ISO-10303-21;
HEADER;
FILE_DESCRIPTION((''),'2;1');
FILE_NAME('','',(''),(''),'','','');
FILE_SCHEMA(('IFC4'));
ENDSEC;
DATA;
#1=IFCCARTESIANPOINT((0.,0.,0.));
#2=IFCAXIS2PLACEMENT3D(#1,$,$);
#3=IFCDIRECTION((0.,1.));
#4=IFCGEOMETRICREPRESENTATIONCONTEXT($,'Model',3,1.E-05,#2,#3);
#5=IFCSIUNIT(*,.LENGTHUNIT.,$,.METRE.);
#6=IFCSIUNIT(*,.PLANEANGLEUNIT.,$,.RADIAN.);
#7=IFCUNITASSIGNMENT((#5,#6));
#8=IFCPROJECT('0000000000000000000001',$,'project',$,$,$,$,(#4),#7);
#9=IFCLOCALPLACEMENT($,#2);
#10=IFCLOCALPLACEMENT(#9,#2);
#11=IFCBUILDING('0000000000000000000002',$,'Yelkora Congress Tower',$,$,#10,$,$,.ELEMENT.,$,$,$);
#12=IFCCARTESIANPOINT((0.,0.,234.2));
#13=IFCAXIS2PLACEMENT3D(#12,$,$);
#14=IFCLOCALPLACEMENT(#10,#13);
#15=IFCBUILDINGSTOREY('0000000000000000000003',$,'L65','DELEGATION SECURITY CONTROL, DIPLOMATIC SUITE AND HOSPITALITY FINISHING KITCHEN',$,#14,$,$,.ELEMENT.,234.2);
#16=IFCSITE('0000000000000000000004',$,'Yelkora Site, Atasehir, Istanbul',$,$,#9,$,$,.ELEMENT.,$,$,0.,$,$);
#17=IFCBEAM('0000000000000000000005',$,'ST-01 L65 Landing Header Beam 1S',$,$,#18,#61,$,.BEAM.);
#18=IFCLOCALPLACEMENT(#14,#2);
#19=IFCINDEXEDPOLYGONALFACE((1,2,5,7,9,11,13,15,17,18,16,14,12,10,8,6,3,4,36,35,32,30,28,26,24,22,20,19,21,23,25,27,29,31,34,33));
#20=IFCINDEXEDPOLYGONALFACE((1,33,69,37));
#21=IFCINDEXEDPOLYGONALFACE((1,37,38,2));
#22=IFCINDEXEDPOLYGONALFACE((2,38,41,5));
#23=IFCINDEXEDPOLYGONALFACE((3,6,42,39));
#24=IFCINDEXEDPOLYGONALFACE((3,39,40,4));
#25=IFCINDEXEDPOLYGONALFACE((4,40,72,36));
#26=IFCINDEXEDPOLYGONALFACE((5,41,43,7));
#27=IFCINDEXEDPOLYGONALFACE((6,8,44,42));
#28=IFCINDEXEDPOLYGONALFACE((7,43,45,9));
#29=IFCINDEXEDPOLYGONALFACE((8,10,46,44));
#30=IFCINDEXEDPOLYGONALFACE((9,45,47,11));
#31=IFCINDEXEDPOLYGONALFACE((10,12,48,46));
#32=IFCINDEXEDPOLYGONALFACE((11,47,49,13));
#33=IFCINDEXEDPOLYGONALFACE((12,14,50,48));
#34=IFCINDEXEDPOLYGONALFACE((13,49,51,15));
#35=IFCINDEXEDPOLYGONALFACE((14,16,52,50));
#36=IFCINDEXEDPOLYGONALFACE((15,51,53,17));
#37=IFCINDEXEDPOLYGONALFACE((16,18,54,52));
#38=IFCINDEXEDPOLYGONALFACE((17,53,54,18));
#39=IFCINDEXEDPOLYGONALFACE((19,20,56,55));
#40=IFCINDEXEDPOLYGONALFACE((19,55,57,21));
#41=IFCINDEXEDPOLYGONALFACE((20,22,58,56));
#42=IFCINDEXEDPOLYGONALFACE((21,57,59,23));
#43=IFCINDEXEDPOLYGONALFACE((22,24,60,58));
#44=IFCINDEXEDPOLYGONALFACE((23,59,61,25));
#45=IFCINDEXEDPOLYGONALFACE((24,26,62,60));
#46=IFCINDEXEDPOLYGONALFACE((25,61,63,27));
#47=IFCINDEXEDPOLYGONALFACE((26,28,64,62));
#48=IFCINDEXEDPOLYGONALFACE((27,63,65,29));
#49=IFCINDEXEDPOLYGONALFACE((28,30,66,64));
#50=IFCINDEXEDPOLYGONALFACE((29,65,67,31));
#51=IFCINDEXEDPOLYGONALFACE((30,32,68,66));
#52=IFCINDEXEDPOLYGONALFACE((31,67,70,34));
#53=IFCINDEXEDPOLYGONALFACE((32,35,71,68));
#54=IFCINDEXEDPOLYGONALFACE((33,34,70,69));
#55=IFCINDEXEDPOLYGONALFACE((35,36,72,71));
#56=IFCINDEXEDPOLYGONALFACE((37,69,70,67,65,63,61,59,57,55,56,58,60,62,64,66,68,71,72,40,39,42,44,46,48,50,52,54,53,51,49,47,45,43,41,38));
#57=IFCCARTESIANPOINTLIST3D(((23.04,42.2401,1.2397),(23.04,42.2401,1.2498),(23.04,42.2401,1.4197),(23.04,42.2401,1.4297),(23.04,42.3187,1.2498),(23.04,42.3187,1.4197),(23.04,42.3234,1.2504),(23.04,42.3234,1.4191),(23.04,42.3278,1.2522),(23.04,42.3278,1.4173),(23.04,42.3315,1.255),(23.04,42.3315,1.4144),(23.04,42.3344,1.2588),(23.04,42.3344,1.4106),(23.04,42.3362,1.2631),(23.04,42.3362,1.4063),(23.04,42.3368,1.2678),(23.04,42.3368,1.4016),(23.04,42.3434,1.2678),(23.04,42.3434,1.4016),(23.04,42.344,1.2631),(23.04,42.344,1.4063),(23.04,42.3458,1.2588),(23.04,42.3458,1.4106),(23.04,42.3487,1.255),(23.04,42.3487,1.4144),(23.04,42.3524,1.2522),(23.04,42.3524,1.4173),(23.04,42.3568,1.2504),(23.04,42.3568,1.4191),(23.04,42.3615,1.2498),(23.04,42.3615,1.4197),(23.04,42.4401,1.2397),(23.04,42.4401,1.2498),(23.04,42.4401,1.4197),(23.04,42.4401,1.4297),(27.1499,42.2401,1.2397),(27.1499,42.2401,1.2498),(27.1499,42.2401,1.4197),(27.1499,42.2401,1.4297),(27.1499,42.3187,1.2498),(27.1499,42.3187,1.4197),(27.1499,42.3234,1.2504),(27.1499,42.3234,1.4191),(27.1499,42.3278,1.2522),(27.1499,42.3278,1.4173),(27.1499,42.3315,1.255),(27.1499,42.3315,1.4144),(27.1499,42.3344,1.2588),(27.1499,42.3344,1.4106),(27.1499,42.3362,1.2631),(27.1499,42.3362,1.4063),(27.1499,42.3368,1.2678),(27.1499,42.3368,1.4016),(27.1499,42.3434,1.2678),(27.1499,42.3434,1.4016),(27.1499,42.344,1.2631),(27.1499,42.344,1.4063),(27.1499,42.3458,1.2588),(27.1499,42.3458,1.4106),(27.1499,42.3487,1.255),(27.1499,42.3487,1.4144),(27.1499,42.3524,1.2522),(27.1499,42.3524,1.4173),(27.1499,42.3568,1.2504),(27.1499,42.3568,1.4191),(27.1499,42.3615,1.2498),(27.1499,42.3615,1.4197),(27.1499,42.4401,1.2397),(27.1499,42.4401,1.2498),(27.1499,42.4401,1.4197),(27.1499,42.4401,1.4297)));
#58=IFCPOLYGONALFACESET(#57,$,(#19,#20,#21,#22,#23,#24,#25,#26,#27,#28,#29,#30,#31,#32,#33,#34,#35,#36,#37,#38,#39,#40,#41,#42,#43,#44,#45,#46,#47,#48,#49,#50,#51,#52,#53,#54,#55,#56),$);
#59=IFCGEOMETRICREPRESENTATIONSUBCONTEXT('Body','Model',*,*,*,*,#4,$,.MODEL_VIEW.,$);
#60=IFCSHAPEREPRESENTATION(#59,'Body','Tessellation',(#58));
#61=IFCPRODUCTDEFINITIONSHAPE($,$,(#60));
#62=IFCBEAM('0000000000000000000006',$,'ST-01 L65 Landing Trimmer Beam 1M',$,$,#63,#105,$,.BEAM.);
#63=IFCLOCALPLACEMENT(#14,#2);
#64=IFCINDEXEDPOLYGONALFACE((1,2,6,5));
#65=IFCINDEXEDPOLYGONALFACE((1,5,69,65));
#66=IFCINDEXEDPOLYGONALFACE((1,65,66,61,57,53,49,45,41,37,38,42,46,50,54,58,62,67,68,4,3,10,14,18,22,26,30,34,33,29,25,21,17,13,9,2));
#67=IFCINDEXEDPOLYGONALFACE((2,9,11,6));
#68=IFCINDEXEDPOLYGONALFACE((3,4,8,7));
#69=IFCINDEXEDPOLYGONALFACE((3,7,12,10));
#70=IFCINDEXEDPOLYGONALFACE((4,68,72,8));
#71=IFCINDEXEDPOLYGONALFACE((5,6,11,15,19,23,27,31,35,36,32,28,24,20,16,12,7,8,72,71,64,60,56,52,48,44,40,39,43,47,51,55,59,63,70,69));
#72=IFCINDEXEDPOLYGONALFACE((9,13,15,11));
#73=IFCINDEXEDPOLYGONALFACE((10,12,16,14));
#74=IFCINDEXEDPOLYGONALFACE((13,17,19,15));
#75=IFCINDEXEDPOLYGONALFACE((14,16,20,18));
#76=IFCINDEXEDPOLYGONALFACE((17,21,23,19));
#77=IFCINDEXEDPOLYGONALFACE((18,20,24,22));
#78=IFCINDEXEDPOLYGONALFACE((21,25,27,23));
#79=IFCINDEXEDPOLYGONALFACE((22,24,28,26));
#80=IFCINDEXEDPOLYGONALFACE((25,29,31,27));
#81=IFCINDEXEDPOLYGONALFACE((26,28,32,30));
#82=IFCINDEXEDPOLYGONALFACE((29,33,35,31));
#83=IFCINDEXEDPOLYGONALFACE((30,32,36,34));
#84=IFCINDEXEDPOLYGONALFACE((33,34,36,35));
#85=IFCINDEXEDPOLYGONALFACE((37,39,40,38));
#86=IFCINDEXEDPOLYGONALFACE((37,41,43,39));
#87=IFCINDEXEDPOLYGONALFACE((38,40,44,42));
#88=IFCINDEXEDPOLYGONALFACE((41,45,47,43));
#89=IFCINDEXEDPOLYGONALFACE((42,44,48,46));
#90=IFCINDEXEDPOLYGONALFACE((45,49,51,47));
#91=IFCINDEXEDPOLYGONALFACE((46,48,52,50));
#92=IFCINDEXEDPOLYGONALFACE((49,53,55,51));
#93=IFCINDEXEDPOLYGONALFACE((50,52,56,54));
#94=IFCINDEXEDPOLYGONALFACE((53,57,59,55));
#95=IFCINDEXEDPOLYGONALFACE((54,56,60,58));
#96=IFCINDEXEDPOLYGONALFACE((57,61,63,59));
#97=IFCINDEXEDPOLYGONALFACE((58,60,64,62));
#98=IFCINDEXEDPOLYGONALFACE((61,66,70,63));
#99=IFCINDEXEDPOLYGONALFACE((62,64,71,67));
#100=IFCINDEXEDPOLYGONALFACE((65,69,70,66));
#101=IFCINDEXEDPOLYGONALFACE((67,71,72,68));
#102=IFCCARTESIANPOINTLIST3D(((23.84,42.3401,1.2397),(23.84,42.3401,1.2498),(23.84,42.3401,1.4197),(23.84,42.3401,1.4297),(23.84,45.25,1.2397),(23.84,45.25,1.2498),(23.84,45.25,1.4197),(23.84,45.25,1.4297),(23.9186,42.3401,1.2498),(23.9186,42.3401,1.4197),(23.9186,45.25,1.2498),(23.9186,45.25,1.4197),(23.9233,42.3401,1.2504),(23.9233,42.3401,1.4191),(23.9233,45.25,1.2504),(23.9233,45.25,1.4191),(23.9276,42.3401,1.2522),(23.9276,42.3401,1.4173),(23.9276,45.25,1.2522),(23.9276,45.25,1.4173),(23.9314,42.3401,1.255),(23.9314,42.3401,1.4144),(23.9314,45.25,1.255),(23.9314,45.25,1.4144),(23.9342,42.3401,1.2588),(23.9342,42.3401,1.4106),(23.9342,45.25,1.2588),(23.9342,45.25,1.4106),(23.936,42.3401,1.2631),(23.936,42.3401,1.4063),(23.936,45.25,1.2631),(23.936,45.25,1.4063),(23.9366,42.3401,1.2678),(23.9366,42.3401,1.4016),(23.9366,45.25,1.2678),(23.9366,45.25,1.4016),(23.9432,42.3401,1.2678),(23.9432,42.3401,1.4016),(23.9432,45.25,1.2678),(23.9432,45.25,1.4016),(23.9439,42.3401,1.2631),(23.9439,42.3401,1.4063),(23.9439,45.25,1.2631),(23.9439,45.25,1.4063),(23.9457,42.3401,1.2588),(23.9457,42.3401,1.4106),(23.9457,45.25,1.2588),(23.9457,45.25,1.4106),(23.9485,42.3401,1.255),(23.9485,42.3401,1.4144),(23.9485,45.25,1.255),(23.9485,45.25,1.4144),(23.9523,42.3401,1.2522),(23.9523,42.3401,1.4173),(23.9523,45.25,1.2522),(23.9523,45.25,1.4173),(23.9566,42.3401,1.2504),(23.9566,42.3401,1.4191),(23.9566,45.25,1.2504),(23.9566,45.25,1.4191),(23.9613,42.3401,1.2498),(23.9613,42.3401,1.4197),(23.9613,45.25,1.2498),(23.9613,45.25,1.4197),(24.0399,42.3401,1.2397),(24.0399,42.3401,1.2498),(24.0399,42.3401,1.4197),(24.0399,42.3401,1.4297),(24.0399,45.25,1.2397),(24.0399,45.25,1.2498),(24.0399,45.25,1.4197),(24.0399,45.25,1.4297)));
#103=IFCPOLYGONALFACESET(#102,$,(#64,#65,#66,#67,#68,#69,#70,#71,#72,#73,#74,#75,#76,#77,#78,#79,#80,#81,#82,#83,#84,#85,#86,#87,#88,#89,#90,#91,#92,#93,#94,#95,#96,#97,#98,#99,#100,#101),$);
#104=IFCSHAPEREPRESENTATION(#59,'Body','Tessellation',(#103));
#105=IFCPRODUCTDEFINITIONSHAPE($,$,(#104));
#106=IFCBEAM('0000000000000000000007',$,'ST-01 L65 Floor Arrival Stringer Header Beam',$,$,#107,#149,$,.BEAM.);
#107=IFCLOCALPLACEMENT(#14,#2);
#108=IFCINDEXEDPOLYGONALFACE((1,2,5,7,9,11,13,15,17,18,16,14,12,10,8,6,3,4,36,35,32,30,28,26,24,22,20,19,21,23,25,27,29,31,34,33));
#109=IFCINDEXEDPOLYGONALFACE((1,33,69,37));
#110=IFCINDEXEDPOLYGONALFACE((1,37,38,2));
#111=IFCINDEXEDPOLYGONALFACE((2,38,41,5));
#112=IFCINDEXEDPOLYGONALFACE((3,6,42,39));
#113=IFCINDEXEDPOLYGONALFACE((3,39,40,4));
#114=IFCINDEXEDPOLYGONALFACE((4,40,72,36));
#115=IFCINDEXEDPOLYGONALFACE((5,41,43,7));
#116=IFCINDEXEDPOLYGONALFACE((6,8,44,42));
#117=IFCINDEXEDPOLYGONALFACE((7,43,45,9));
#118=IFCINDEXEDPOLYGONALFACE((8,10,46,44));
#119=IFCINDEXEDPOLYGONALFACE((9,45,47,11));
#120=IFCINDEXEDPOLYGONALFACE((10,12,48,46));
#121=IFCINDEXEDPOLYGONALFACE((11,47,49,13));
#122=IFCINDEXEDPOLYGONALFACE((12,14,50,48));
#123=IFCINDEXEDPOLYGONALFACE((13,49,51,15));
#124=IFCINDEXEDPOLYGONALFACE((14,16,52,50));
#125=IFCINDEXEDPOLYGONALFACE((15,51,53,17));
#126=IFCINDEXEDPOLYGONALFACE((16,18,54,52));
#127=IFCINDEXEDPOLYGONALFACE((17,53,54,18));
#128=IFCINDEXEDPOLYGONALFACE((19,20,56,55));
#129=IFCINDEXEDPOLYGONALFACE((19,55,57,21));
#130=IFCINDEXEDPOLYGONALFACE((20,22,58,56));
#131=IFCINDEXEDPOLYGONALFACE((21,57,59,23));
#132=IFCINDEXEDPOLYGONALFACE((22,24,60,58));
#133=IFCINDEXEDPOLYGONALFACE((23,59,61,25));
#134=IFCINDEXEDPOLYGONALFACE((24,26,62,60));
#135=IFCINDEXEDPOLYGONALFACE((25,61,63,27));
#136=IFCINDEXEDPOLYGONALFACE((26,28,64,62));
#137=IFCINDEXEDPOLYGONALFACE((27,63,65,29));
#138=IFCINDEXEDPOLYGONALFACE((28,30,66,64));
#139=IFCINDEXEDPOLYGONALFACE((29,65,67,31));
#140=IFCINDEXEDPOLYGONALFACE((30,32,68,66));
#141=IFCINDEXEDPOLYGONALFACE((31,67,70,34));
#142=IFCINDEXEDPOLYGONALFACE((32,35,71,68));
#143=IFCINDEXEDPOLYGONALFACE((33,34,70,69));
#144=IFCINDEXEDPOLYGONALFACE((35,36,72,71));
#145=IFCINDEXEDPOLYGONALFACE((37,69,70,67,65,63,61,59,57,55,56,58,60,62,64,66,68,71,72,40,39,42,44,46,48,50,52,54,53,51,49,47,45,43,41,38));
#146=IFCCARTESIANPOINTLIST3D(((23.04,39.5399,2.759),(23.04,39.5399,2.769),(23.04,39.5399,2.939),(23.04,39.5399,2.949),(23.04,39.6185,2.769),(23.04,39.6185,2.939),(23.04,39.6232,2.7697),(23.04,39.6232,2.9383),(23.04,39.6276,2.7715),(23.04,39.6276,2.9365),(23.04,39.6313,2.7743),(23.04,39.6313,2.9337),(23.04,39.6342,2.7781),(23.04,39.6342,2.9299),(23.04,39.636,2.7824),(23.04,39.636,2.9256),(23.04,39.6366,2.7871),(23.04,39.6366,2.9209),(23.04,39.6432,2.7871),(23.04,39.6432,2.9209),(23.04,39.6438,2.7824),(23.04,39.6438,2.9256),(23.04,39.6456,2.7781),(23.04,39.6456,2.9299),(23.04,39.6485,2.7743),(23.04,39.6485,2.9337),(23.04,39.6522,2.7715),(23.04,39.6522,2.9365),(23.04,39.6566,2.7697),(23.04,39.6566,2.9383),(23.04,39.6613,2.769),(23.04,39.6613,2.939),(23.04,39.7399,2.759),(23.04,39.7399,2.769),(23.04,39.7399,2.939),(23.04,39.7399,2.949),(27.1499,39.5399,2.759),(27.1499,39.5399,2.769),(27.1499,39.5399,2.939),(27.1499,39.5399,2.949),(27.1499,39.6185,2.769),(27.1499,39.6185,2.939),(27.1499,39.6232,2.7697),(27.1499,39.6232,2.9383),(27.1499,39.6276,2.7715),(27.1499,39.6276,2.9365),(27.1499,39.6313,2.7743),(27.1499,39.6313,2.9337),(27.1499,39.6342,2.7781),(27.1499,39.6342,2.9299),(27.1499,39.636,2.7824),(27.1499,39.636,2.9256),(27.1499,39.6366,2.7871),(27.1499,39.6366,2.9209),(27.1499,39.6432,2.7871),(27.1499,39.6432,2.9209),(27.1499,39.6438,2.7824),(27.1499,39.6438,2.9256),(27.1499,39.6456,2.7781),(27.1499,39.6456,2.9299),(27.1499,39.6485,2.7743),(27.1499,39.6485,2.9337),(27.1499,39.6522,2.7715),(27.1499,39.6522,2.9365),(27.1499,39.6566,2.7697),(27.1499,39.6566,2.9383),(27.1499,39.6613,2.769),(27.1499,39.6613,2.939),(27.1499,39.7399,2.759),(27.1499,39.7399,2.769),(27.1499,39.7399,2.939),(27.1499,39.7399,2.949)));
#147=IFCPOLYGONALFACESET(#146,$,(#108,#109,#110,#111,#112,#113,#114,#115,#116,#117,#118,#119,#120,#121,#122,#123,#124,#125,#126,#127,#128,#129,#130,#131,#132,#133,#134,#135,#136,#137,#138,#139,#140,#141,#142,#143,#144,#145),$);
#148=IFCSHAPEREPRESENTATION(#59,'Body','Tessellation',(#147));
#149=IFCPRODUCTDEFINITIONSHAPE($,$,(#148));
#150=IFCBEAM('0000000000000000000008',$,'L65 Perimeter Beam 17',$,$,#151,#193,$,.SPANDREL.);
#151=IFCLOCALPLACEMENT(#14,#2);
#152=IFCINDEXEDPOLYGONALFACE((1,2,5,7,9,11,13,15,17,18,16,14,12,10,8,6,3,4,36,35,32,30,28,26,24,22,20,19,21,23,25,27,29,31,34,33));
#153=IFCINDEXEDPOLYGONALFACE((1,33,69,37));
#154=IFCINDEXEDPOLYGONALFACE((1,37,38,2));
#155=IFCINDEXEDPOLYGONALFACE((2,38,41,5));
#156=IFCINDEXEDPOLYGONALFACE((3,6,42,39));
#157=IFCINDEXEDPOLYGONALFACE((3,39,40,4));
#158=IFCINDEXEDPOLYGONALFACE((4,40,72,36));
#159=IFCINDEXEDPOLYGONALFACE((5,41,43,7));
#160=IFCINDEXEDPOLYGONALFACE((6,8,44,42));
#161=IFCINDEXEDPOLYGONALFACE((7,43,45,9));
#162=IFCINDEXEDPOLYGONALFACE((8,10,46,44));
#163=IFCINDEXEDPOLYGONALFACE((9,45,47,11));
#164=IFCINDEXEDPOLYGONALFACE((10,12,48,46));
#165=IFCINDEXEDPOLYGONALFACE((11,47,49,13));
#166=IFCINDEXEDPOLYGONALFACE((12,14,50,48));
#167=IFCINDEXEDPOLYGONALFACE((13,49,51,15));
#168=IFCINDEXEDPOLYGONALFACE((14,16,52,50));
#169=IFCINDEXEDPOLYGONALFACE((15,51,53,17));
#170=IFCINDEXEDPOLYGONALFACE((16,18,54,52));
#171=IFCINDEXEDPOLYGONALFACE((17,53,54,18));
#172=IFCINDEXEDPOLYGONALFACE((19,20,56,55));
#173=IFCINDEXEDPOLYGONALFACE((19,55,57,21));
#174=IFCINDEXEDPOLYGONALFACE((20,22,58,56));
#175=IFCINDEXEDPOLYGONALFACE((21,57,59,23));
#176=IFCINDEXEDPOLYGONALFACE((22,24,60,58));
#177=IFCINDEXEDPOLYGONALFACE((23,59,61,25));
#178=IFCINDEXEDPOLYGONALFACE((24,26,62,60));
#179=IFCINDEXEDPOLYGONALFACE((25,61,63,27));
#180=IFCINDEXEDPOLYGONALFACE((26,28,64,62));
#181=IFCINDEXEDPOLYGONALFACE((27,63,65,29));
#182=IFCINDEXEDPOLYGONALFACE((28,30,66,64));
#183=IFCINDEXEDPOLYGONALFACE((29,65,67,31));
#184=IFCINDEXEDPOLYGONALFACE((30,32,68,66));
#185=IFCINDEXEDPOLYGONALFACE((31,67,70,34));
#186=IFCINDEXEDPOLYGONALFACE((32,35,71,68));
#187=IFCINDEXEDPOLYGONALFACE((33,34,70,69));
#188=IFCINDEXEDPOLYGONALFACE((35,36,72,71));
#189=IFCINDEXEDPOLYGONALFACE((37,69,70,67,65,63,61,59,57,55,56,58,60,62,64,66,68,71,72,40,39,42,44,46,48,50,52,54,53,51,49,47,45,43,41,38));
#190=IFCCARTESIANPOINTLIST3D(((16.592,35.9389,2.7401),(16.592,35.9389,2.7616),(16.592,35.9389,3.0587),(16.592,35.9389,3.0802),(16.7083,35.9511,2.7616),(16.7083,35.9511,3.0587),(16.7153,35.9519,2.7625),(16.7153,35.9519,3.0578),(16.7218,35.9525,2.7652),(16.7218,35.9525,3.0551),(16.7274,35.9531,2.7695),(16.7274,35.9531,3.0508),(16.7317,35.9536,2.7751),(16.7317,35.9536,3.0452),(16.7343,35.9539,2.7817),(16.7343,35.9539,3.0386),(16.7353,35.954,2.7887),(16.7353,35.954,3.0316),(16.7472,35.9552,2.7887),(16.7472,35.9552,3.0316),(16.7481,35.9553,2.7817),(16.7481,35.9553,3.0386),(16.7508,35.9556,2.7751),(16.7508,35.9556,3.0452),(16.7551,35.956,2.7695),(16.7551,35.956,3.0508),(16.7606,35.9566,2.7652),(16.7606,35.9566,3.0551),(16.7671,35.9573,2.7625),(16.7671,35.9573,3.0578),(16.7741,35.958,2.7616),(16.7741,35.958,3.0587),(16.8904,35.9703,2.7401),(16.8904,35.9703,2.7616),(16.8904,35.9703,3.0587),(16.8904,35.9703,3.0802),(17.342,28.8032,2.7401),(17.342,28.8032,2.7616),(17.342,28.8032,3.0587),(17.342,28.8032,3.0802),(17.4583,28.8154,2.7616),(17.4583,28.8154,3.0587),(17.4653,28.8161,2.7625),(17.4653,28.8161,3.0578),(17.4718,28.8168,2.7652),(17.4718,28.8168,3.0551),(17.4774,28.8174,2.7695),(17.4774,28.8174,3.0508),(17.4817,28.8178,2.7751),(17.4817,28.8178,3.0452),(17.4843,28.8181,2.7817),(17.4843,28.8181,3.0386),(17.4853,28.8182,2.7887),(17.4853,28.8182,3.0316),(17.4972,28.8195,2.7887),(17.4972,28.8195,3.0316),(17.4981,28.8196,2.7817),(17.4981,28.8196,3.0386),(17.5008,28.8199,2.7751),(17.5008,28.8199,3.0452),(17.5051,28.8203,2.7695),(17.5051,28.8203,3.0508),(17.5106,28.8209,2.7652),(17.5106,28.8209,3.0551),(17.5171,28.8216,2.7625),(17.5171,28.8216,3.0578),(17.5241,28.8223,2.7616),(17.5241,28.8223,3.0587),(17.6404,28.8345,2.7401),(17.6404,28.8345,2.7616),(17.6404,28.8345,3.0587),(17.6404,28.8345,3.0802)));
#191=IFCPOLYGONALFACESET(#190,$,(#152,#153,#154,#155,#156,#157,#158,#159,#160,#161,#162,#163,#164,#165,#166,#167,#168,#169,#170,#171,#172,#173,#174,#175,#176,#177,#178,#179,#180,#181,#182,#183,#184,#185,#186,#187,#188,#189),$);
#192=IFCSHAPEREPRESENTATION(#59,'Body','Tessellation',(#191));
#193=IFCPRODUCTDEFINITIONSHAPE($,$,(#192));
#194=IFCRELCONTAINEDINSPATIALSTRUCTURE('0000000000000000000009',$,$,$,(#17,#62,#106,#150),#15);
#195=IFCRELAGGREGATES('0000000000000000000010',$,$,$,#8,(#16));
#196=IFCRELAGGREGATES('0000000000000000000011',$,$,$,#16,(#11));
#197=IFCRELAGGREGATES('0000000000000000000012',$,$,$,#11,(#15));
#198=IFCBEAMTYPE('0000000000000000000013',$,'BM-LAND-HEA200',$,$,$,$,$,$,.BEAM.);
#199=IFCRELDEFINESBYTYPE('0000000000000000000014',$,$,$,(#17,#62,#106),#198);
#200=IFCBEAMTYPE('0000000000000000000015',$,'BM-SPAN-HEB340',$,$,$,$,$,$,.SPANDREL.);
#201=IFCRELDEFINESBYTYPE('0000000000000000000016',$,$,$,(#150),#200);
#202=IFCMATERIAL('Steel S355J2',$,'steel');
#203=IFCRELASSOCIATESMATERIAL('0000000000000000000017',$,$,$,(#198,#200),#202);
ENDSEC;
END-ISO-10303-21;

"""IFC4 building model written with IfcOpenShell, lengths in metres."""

from ifc_helpers import new_model, si_unit, direction, frame, origin, origin_2d, place, context, subcontext, project, spatial, i_section, extrude, material, material_profile, profile_set, type_object, element, save


model = new_model("IFC4")

# Units and contexts
model_context = context("Model", 3, precision=1e-05, world=origin(), true_north=direction((0.0, 1.0)))
body_context = subcontext(model_context, "Body", "Model", "MODEL_VIEW")
ifc_project = project(units=[si_unit("LENGTHUNIT", "METRE"), si_unit("PLANEANGLEUNIT", "RADIAN")], contexts=[model_context])

# Site, building, storey
site_placement = place(None, origin())
site = spatial("IfcSite", under=ifc_project, at=site_placement, Name="Yelkora Site, Atasehir, Istanbul", CompositionType="ELEMENT", RefElevation=0.0)
building_placement = place(site_placement, origin())
building = spatial("IfcBuilding", under=site, at=building_placement, Name="Yelkora Congress Tower", CompositionType="ELEMENT")
storey_placement = place(building_placement, frame((0.0, 0.0, 234.2)))
storey = spatial("IfcBuildingStorey", under=building, at=storey_placement, Name="L65", Description="DELEGATION SECURITY CONTROL, DIPLOMATIC SUITE AND HOSPITALITY FINISHING KITCHEN", CompositionType="ELEMENT", Elevation=234.2)

# Shared definitions
ifc_material_1 = material(Name="Steel S355J2", Category="steel")

# Beams
ifc_material_profile_1 = material_profile(ifc_material_1, i_section(OverallWidth=0.2, OverallDepth=0.1899, WebThickness=0.0066, FlangeThickness=0.01, FilletRadius=0.0181, at=origin_2d()), Name="HEA 200")
ifc_profile_set_1 = profile_set([ifc_material_profile_1], Name="Steel S355J2")
beam_type_1 = type_object("IfcBeamType", Name="BM-LAND-HEA200", PredefinedType="BEAM", material=ifc_profile_set_1)
beam_1_placement = place(storey_placement, frame((23.04, 42.3401, 1.3347), z_axis=(1.0, 0.0, 0.0), x_axis=(0.0, 1.0, 0.0)))
element("IfcBeam", 1, at=beam_1_placement, inside=storey, type_object=beam_type_1, Name="ST-01 L65 Landing Header Beam 1S", PredefinedType="BEAM", context=body_context, shape_type="SweptSolid", body=[
    extrude(i_section(OverallWidth=0.2, OverallDepth=0.1899, WebThickness=0.0066, FlangeThickness=0.01, FilletRadius=0.0181, at=origin_2d()), origin(), (0.0, 0.0, 1.0), 4.1099),
])
beam_2_placement = place(storey_placement, frame((23.9399, 42.3401, 1.3347), z_axis=(0.0, 1.0, 0.0), x_axis=(-1.0, 0.0, 0.0)))
element("IfcBeam", 2, at=beam_2_placement, inside=storey, type_object=beam_type_1, Name="ST-01 L65 Landing Trimmer Beam 1M", PredefinedType="BEAM", context=body_context, shape_type="SweptSolid", body=[
    extrude(i_section(OverallWidth=0.2, OverallDepth=0.1899, WebThickness=0.0066, FlangeThickness=0.01, FilletRadius=0.0181, at=origin_2d()), origin(), (0.0, 0.0, 1.0), 2.9099),
])
beam_3_placement = place(storey_placement, frame((23.04, 39.6399, 2.854), z_axis=(1.0, 0.0, 0.0), x_axis=(0.0, 1.0, 0.0)))
element("IfcBeam", 3, at=beam_3_placement, inside=storey, type_object=beam_type_1, Name="ST-01 L65 Floor Arrival Stringer Header Beam", PredefinedType="BEAM", context=body_context, shape_type="SweptSolid", body=[
    extrude(i_section(OverallWidth=0.2, OverallDepth=0.1899, WebThickness=0.0066, FlangeThickness=0.01, FilletRadius=0.0181, at=origin_2d()), origin(), (0.0, 0.0, 1.0), 4.1099),
])
ifc_material_profile_2 = material_profile(ifc_material_1, i_section(OverallWidth=0.3, OverallDepth=0.3401, WebThickness=0.012, FlangeThickness=0.0215, FilletRadius=0.0271, at=origin_2d()), Name="HEB 340")
ifc_profile_set_2 = profile_set([ifc_material_profile_2], Name="Steel S355J2")
beam_type_2 = type_object("IfcBeamType", Name="BM-SPAN-HEB340", PredefinedType="SPANDREL", material=ifc_profile_set_2)
beam_4_placement = place(storey_placement, frame((16.7412, 35.9546, 2.9102), z_axis=(0.104529, -0.994522, 0.0), x_axis=(0.994522, 0.104529, 0.0)))
element("IfcBeam", 4, at=beam_4_placement, inside=storey, type_object=beam_type_2, Name="L65 Perimeter Beam 17", PredefinedType="SPANDREL", context=body_context, shape_type="SweptSolid", body=[
    extrude(i_section(OverallWidth=0.3, OverallDepth=0.3401, WebThickness=0.012, FlangeThickness=0.0215, FilletRadius=0.0271, at=origin_2d()), origin(), (0.0, 0.0, 1.0), 7.175),
])

save(model, "model.ifc")
